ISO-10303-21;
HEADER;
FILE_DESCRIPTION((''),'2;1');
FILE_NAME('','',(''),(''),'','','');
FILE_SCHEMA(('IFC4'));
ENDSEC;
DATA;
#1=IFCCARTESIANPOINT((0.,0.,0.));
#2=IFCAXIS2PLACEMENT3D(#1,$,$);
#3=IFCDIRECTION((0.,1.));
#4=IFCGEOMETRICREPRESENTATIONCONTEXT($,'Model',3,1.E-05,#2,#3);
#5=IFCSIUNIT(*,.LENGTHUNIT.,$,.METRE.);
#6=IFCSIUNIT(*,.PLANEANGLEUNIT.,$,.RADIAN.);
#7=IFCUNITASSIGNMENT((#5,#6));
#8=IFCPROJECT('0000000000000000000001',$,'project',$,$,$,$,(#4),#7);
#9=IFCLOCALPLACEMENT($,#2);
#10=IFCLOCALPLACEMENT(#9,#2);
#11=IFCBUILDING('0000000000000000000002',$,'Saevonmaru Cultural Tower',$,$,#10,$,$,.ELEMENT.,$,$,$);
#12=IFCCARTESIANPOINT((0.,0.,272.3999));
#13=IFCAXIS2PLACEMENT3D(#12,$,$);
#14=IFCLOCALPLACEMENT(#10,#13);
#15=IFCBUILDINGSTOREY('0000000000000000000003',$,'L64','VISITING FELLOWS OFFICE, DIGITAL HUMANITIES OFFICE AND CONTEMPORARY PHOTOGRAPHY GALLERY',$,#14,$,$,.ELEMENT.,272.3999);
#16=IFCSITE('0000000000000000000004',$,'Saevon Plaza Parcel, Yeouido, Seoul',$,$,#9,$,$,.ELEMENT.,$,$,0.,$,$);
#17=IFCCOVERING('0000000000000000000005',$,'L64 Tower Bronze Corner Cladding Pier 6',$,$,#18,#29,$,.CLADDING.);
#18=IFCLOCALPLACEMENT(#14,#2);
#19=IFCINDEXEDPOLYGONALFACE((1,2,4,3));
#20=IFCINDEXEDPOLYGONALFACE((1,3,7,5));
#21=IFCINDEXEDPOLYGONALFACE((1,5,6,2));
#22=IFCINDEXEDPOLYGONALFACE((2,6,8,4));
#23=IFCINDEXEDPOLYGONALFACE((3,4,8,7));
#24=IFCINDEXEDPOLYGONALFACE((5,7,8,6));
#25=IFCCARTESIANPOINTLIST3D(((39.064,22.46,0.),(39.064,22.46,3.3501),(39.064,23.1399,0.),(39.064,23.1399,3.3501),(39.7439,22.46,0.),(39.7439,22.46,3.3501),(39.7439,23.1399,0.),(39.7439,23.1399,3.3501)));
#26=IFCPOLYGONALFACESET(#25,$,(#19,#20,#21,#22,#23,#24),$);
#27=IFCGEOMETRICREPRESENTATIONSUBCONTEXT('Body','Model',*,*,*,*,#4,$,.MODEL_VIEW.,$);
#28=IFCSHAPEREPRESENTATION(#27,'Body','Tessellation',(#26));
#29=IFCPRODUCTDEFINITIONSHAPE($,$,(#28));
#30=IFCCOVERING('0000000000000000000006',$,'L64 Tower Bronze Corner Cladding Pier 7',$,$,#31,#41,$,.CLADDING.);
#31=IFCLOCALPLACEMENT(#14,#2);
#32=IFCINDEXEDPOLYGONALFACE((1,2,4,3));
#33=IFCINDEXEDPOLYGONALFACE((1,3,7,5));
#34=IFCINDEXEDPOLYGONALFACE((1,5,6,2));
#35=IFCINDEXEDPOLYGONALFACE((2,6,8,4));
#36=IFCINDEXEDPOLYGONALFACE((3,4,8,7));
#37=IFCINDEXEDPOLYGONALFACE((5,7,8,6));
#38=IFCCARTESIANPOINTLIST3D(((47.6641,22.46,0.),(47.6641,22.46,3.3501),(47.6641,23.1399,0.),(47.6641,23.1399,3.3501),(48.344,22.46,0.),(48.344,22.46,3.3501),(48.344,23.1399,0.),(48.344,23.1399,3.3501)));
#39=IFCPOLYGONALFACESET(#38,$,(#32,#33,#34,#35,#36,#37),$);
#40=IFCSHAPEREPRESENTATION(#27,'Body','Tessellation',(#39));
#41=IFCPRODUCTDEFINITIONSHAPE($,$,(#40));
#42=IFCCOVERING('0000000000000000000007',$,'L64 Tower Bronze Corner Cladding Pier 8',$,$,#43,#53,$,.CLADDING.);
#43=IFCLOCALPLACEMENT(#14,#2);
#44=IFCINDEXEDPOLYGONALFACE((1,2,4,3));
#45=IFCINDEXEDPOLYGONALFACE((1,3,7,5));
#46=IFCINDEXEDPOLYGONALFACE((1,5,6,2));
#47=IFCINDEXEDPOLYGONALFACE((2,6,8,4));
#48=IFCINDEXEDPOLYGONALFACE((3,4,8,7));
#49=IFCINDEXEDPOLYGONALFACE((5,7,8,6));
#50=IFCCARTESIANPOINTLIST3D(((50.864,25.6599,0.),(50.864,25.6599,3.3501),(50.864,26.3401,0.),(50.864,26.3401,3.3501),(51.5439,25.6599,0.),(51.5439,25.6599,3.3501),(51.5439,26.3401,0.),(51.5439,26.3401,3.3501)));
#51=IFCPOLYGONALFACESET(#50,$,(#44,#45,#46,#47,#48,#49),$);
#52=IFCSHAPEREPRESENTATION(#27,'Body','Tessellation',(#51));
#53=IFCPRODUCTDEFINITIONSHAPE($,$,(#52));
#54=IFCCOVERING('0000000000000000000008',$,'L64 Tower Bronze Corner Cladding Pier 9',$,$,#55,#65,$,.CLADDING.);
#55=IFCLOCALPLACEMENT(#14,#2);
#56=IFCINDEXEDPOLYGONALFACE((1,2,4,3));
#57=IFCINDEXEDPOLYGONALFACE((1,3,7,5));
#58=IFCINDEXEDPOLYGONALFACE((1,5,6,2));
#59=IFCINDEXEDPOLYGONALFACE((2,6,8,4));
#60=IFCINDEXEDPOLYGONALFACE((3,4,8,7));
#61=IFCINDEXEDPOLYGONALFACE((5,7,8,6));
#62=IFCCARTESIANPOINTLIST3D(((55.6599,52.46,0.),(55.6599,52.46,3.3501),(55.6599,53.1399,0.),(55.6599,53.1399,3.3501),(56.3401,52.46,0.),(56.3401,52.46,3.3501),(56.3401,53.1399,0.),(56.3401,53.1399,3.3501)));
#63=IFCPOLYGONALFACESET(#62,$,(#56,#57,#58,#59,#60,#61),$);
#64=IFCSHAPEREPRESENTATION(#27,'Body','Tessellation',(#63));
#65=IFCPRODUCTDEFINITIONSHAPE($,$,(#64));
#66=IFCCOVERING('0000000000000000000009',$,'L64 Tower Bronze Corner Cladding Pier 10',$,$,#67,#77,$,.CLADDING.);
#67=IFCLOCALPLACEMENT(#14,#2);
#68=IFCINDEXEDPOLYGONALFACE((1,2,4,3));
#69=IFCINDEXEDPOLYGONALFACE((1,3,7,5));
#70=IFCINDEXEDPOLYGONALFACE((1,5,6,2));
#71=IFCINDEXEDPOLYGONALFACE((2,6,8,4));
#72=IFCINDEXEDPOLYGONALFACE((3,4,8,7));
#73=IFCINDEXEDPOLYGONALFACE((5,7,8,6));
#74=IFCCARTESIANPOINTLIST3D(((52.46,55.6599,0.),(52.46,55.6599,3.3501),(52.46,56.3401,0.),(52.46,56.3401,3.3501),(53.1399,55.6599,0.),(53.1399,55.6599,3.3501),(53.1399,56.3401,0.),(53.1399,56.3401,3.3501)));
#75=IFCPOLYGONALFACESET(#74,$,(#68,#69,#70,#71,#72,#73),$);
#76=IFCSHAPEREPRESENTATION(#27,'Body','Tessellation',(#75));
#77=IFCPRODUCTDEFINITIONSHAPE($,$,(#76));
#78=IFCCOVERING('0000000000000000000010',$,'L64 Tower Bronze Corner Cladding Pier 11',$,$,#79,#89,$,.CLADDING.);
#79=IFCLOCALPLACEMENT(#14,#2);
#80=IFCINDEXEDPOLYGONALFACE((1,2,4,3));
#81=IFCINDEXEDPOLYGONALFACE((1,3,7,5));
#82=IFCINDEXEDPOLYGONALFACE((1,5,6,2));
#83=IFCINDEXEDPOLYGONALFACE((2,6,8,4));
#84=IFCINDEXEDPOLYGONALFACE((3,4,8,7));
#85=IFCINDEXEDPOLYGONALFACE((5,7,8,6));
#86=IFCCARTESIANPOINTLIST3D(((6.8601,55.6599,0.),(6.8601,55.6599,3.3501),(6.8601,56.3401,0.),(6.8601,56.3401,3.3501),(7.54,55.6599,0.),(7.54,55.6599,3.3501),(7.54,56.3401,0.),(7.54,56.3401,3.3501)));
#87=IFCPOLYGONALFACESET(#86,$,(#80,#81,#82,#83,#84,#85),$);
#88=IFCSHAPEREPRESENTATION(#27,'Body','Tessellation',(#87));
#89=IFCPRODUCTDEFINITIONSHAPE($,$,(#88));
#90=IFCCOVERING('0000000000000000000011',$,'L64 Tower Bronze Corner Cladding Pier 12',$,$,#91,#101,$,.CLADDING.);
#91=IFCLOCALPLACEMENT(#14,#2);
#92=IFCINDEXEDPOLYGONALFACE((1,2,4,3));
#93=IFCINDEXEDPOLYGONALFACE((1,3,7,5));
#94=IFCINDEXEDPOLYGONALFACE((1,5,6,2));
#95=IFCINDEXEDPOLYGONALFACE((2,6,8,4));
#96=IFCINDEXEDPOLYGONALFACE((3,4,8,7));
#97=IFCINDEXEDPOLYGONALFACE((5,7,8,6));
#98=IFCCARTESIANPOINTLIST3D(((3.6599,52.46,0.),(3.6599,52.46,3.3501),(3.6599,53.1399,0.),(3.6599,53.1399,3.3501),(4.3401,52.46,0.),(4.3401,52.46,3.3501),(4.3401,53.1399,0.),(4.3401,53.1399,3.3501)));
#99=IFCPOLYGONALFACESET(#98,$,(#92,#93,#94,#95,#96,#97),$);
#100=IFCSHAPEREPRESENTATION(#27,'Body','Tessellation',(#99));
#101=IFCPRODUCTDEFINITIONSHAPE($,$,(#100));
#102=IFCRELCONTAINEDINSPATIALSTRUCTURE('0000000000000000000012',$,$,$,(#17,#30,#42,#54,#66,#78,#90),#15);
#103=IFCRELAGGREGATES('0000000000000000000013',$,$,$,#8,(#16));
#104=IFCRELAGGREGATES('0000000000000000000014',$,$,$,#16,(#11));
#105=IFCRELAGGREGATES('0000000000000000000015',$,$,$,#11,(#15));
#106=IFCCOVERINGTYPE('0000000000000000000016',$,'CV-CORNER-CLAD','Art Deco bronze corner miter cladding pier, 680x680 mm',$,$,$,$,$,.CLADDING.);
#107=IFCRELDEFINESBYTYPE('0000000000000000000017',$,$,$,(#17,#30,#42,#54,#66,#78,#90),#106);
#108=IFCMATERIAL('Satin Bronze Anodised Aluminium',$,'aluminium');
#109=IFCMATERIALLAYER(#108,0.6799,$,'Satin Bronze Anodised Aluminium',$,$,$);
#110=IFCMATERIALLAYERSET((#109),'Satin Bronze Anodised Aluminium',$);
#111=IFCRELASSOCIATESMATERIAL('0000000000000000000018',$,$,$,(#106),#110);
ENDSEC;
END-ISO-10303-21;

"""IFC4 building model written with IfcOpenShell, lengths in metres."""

from ifc_helpers import new_model, si_unit, direction, frame, origin, place, context, subcontext, project, spatial, polyline, outline, extrude, material, layer, layer_set, type_object, element, save


model = new_model("IFC4")

# Units and contexts
model_context = context("Model", 3, precision=1e-05, world=origin(), true_north=direction((0.0, 1.0)))
body_context = subcontext(model_context, "Body", "Model", "MODEL_VIEW")
ifc_project = project(units=[si_unit("LENGTHUNIT", "METRE"), si_unit("PLANEANGLEUNIT", "RADIAN")], contexts=[model_context])

# Site, building, storey
site_placement = place(None, origin())
site = spatial("IfcSite", under=ifc_project, at=site_placement, Name="Saevon Plaza Parcel, Yeouido, Seoul", CompositionType="ELEMENT", RefElevation=0.0)
building_placement = place(site_placement, origin())
building = spatial("IfcBuilding", under=site, at=building_placement, Name="Saevonmaru Cultural Tower", CompositionType="ELEMENT")
storey_placement = place(building_placement, frame((0.0, 0.0, 272.3999)))
storey = spatial("IfcBuildingStorey", under=building, at=storey_placement, Name="L64", Description="VISITING FELLOWS OFFICE, DIGITAL HUMANITIES OFFICE AND CONTEMPORARY PHOTOGRAPHY GALLERY", CompositionType="ELEMENT", Elevation=272.3999)

# Shared definitions
ifc_material_1 = material(Name="Satin Bronze Anodised Aluminium", Category="aluminium")

# Coverings
ifc_layer_1 = layer(ifc_material_1, 0.6799, Name="Satin Bronze Anodised Aluminium")
ifc_layer_set_1 = layer_set([ifc_layer_1], Name="Satin Bronze Anodised Aluminium")
covering_type = type_object("IfcCoveringType", Name="CV-CORNER-CLAD", Description="Art Deco bronze corner miter cladding pier, 680x680 mm", PredefinedType="CLADDING", material=ifc_layer_set_1)
covering_1_placement = place(storey_placement, origin())
element("IfcCovering", 1, at=covering_1_placement, inside=storey, type_object=covering_type, Name="L64 Tower Bronze Corner Cladding Pier 6", PredefinedType="CLADDING", context=body_context, shape_type="SweptSolid", body=[
    extrude(outline(polyline([(39.064, 22.46), (39.7439, 22.46), (39.7439, 23.1399), (39.064, 23.1399), (39.064, 22.46)])), origin(), (0.0, 0.0, 1.0), 3.3501),
])
covering_2_placement = place(storey_placement, origin())
element("IfcCovering", 2, at=covering_2_placement, inside=storey, type_object=covering_type, Name="L64 Tower Bronze Corner Cladding Pier 7", PredefinedType="CLADDING", context=body_context, shape_type="SweptSolid", body=[
    extrude(outline(polyline([(47.6641, 22.46), (48.344, 22.46), (48.344, 23.1399), (47.6641, 23.1399), (47.6641, 22.46)])), origin(), (0.0, 0.0, 1.0), 3.3501),
])
covering_3_placement = place(storey_placement, origin())
element("IfcCovering", 3, at=covering_3_placement, inside=storey, type_object=covering_type, Name="L64 Tower Bronze Corner Cladding Pier 8", PredefinedType="CLADDING", context=body_context, shape_type="SweptSolid", body=[
    extrude(outline(polyline([(50.864, 25.6599), (51.5439, 25.6599), (51.5439, 26.3401), (50.864, 26.3401), (50.864, 25.6599)])), origin(), (0.0, 0.0, 1.0), 3.3501),
])
covering_4_placement = place(storey_placement, origin())
element("IfcCovering", 4, at=covering_4_placement, inside=storey, type_object=covering_type, Name="L64 Tower Bronze Corner Cladding Pier 9", PredefinedType="CLADDING", context=body_context, shape_type="SweptSolid", body=[
    extrude(outline(polyline([(55.6599, 52.46), (56.3401, 52.46), (56.3401, 53.1399), (55.6599, 53.1399), (55.6599, 52.46)])), origin(), (0.0, 0.0, 1.0), 3.3501),
])
covering_5_placement = place(storey_placement, origin())
element("IfcCovering", 5, at=covering_5_placement, inside=storey, type_object=covering_type, Name="L64 Tower Bronze Corner Cladding Pier 10", PredefinedType="CLADDING", context=body_context, shape_type="SweptSolid", body=[
    extrude(outline(polyline([(52.46, 55.6599), (53.1399, 55.6599), (53.1399, 56.3401), (52.46, 56.3401), (52.46, 55.6599)])), origin(), (0.0, 0.0, 1.0), 3.3501),
])
covering_6_placement = place(storey_placement, origin())
element("IfcCovering", 6, at=covering_6_placement, inside=storey, type_object=covering_type, Name="L64 Tower Bronze Corner Cladding Pier 11", PredefinedType="CLADDING", context=body_context, shape_type="SweptSolid", body=[
    extrude(outline(polyline([(6.8601, 55.6599), (7.54, 55.6599), (7.54, 56.3401), (6.8601, 56.3401), (6.8601, 55.6599)])), origin(), (0.0, 0.0, 1.0), 3.3501),
])
covering_7_placement = place(storey_placement, origin())
element("IfcCovering", 7, at=covering_7_placement, inside=storey, type_object=covering_type, Name="L64 Tower Bronze Corner Cladding Pier 12", PredefinedType="CLADDING", context=body_context, shape_type="SweptSolid", body=[
    extrude(outline(polyline([(3.6599, 52.46), (4.3401, 52.46), (4.3401, 53.1399), (3.6599, 53.1399), (3.6599, 52.46)])), origin(), (0.0, 0.0, 1.0), 3.3501),
])

save(model, "model.ifc")
